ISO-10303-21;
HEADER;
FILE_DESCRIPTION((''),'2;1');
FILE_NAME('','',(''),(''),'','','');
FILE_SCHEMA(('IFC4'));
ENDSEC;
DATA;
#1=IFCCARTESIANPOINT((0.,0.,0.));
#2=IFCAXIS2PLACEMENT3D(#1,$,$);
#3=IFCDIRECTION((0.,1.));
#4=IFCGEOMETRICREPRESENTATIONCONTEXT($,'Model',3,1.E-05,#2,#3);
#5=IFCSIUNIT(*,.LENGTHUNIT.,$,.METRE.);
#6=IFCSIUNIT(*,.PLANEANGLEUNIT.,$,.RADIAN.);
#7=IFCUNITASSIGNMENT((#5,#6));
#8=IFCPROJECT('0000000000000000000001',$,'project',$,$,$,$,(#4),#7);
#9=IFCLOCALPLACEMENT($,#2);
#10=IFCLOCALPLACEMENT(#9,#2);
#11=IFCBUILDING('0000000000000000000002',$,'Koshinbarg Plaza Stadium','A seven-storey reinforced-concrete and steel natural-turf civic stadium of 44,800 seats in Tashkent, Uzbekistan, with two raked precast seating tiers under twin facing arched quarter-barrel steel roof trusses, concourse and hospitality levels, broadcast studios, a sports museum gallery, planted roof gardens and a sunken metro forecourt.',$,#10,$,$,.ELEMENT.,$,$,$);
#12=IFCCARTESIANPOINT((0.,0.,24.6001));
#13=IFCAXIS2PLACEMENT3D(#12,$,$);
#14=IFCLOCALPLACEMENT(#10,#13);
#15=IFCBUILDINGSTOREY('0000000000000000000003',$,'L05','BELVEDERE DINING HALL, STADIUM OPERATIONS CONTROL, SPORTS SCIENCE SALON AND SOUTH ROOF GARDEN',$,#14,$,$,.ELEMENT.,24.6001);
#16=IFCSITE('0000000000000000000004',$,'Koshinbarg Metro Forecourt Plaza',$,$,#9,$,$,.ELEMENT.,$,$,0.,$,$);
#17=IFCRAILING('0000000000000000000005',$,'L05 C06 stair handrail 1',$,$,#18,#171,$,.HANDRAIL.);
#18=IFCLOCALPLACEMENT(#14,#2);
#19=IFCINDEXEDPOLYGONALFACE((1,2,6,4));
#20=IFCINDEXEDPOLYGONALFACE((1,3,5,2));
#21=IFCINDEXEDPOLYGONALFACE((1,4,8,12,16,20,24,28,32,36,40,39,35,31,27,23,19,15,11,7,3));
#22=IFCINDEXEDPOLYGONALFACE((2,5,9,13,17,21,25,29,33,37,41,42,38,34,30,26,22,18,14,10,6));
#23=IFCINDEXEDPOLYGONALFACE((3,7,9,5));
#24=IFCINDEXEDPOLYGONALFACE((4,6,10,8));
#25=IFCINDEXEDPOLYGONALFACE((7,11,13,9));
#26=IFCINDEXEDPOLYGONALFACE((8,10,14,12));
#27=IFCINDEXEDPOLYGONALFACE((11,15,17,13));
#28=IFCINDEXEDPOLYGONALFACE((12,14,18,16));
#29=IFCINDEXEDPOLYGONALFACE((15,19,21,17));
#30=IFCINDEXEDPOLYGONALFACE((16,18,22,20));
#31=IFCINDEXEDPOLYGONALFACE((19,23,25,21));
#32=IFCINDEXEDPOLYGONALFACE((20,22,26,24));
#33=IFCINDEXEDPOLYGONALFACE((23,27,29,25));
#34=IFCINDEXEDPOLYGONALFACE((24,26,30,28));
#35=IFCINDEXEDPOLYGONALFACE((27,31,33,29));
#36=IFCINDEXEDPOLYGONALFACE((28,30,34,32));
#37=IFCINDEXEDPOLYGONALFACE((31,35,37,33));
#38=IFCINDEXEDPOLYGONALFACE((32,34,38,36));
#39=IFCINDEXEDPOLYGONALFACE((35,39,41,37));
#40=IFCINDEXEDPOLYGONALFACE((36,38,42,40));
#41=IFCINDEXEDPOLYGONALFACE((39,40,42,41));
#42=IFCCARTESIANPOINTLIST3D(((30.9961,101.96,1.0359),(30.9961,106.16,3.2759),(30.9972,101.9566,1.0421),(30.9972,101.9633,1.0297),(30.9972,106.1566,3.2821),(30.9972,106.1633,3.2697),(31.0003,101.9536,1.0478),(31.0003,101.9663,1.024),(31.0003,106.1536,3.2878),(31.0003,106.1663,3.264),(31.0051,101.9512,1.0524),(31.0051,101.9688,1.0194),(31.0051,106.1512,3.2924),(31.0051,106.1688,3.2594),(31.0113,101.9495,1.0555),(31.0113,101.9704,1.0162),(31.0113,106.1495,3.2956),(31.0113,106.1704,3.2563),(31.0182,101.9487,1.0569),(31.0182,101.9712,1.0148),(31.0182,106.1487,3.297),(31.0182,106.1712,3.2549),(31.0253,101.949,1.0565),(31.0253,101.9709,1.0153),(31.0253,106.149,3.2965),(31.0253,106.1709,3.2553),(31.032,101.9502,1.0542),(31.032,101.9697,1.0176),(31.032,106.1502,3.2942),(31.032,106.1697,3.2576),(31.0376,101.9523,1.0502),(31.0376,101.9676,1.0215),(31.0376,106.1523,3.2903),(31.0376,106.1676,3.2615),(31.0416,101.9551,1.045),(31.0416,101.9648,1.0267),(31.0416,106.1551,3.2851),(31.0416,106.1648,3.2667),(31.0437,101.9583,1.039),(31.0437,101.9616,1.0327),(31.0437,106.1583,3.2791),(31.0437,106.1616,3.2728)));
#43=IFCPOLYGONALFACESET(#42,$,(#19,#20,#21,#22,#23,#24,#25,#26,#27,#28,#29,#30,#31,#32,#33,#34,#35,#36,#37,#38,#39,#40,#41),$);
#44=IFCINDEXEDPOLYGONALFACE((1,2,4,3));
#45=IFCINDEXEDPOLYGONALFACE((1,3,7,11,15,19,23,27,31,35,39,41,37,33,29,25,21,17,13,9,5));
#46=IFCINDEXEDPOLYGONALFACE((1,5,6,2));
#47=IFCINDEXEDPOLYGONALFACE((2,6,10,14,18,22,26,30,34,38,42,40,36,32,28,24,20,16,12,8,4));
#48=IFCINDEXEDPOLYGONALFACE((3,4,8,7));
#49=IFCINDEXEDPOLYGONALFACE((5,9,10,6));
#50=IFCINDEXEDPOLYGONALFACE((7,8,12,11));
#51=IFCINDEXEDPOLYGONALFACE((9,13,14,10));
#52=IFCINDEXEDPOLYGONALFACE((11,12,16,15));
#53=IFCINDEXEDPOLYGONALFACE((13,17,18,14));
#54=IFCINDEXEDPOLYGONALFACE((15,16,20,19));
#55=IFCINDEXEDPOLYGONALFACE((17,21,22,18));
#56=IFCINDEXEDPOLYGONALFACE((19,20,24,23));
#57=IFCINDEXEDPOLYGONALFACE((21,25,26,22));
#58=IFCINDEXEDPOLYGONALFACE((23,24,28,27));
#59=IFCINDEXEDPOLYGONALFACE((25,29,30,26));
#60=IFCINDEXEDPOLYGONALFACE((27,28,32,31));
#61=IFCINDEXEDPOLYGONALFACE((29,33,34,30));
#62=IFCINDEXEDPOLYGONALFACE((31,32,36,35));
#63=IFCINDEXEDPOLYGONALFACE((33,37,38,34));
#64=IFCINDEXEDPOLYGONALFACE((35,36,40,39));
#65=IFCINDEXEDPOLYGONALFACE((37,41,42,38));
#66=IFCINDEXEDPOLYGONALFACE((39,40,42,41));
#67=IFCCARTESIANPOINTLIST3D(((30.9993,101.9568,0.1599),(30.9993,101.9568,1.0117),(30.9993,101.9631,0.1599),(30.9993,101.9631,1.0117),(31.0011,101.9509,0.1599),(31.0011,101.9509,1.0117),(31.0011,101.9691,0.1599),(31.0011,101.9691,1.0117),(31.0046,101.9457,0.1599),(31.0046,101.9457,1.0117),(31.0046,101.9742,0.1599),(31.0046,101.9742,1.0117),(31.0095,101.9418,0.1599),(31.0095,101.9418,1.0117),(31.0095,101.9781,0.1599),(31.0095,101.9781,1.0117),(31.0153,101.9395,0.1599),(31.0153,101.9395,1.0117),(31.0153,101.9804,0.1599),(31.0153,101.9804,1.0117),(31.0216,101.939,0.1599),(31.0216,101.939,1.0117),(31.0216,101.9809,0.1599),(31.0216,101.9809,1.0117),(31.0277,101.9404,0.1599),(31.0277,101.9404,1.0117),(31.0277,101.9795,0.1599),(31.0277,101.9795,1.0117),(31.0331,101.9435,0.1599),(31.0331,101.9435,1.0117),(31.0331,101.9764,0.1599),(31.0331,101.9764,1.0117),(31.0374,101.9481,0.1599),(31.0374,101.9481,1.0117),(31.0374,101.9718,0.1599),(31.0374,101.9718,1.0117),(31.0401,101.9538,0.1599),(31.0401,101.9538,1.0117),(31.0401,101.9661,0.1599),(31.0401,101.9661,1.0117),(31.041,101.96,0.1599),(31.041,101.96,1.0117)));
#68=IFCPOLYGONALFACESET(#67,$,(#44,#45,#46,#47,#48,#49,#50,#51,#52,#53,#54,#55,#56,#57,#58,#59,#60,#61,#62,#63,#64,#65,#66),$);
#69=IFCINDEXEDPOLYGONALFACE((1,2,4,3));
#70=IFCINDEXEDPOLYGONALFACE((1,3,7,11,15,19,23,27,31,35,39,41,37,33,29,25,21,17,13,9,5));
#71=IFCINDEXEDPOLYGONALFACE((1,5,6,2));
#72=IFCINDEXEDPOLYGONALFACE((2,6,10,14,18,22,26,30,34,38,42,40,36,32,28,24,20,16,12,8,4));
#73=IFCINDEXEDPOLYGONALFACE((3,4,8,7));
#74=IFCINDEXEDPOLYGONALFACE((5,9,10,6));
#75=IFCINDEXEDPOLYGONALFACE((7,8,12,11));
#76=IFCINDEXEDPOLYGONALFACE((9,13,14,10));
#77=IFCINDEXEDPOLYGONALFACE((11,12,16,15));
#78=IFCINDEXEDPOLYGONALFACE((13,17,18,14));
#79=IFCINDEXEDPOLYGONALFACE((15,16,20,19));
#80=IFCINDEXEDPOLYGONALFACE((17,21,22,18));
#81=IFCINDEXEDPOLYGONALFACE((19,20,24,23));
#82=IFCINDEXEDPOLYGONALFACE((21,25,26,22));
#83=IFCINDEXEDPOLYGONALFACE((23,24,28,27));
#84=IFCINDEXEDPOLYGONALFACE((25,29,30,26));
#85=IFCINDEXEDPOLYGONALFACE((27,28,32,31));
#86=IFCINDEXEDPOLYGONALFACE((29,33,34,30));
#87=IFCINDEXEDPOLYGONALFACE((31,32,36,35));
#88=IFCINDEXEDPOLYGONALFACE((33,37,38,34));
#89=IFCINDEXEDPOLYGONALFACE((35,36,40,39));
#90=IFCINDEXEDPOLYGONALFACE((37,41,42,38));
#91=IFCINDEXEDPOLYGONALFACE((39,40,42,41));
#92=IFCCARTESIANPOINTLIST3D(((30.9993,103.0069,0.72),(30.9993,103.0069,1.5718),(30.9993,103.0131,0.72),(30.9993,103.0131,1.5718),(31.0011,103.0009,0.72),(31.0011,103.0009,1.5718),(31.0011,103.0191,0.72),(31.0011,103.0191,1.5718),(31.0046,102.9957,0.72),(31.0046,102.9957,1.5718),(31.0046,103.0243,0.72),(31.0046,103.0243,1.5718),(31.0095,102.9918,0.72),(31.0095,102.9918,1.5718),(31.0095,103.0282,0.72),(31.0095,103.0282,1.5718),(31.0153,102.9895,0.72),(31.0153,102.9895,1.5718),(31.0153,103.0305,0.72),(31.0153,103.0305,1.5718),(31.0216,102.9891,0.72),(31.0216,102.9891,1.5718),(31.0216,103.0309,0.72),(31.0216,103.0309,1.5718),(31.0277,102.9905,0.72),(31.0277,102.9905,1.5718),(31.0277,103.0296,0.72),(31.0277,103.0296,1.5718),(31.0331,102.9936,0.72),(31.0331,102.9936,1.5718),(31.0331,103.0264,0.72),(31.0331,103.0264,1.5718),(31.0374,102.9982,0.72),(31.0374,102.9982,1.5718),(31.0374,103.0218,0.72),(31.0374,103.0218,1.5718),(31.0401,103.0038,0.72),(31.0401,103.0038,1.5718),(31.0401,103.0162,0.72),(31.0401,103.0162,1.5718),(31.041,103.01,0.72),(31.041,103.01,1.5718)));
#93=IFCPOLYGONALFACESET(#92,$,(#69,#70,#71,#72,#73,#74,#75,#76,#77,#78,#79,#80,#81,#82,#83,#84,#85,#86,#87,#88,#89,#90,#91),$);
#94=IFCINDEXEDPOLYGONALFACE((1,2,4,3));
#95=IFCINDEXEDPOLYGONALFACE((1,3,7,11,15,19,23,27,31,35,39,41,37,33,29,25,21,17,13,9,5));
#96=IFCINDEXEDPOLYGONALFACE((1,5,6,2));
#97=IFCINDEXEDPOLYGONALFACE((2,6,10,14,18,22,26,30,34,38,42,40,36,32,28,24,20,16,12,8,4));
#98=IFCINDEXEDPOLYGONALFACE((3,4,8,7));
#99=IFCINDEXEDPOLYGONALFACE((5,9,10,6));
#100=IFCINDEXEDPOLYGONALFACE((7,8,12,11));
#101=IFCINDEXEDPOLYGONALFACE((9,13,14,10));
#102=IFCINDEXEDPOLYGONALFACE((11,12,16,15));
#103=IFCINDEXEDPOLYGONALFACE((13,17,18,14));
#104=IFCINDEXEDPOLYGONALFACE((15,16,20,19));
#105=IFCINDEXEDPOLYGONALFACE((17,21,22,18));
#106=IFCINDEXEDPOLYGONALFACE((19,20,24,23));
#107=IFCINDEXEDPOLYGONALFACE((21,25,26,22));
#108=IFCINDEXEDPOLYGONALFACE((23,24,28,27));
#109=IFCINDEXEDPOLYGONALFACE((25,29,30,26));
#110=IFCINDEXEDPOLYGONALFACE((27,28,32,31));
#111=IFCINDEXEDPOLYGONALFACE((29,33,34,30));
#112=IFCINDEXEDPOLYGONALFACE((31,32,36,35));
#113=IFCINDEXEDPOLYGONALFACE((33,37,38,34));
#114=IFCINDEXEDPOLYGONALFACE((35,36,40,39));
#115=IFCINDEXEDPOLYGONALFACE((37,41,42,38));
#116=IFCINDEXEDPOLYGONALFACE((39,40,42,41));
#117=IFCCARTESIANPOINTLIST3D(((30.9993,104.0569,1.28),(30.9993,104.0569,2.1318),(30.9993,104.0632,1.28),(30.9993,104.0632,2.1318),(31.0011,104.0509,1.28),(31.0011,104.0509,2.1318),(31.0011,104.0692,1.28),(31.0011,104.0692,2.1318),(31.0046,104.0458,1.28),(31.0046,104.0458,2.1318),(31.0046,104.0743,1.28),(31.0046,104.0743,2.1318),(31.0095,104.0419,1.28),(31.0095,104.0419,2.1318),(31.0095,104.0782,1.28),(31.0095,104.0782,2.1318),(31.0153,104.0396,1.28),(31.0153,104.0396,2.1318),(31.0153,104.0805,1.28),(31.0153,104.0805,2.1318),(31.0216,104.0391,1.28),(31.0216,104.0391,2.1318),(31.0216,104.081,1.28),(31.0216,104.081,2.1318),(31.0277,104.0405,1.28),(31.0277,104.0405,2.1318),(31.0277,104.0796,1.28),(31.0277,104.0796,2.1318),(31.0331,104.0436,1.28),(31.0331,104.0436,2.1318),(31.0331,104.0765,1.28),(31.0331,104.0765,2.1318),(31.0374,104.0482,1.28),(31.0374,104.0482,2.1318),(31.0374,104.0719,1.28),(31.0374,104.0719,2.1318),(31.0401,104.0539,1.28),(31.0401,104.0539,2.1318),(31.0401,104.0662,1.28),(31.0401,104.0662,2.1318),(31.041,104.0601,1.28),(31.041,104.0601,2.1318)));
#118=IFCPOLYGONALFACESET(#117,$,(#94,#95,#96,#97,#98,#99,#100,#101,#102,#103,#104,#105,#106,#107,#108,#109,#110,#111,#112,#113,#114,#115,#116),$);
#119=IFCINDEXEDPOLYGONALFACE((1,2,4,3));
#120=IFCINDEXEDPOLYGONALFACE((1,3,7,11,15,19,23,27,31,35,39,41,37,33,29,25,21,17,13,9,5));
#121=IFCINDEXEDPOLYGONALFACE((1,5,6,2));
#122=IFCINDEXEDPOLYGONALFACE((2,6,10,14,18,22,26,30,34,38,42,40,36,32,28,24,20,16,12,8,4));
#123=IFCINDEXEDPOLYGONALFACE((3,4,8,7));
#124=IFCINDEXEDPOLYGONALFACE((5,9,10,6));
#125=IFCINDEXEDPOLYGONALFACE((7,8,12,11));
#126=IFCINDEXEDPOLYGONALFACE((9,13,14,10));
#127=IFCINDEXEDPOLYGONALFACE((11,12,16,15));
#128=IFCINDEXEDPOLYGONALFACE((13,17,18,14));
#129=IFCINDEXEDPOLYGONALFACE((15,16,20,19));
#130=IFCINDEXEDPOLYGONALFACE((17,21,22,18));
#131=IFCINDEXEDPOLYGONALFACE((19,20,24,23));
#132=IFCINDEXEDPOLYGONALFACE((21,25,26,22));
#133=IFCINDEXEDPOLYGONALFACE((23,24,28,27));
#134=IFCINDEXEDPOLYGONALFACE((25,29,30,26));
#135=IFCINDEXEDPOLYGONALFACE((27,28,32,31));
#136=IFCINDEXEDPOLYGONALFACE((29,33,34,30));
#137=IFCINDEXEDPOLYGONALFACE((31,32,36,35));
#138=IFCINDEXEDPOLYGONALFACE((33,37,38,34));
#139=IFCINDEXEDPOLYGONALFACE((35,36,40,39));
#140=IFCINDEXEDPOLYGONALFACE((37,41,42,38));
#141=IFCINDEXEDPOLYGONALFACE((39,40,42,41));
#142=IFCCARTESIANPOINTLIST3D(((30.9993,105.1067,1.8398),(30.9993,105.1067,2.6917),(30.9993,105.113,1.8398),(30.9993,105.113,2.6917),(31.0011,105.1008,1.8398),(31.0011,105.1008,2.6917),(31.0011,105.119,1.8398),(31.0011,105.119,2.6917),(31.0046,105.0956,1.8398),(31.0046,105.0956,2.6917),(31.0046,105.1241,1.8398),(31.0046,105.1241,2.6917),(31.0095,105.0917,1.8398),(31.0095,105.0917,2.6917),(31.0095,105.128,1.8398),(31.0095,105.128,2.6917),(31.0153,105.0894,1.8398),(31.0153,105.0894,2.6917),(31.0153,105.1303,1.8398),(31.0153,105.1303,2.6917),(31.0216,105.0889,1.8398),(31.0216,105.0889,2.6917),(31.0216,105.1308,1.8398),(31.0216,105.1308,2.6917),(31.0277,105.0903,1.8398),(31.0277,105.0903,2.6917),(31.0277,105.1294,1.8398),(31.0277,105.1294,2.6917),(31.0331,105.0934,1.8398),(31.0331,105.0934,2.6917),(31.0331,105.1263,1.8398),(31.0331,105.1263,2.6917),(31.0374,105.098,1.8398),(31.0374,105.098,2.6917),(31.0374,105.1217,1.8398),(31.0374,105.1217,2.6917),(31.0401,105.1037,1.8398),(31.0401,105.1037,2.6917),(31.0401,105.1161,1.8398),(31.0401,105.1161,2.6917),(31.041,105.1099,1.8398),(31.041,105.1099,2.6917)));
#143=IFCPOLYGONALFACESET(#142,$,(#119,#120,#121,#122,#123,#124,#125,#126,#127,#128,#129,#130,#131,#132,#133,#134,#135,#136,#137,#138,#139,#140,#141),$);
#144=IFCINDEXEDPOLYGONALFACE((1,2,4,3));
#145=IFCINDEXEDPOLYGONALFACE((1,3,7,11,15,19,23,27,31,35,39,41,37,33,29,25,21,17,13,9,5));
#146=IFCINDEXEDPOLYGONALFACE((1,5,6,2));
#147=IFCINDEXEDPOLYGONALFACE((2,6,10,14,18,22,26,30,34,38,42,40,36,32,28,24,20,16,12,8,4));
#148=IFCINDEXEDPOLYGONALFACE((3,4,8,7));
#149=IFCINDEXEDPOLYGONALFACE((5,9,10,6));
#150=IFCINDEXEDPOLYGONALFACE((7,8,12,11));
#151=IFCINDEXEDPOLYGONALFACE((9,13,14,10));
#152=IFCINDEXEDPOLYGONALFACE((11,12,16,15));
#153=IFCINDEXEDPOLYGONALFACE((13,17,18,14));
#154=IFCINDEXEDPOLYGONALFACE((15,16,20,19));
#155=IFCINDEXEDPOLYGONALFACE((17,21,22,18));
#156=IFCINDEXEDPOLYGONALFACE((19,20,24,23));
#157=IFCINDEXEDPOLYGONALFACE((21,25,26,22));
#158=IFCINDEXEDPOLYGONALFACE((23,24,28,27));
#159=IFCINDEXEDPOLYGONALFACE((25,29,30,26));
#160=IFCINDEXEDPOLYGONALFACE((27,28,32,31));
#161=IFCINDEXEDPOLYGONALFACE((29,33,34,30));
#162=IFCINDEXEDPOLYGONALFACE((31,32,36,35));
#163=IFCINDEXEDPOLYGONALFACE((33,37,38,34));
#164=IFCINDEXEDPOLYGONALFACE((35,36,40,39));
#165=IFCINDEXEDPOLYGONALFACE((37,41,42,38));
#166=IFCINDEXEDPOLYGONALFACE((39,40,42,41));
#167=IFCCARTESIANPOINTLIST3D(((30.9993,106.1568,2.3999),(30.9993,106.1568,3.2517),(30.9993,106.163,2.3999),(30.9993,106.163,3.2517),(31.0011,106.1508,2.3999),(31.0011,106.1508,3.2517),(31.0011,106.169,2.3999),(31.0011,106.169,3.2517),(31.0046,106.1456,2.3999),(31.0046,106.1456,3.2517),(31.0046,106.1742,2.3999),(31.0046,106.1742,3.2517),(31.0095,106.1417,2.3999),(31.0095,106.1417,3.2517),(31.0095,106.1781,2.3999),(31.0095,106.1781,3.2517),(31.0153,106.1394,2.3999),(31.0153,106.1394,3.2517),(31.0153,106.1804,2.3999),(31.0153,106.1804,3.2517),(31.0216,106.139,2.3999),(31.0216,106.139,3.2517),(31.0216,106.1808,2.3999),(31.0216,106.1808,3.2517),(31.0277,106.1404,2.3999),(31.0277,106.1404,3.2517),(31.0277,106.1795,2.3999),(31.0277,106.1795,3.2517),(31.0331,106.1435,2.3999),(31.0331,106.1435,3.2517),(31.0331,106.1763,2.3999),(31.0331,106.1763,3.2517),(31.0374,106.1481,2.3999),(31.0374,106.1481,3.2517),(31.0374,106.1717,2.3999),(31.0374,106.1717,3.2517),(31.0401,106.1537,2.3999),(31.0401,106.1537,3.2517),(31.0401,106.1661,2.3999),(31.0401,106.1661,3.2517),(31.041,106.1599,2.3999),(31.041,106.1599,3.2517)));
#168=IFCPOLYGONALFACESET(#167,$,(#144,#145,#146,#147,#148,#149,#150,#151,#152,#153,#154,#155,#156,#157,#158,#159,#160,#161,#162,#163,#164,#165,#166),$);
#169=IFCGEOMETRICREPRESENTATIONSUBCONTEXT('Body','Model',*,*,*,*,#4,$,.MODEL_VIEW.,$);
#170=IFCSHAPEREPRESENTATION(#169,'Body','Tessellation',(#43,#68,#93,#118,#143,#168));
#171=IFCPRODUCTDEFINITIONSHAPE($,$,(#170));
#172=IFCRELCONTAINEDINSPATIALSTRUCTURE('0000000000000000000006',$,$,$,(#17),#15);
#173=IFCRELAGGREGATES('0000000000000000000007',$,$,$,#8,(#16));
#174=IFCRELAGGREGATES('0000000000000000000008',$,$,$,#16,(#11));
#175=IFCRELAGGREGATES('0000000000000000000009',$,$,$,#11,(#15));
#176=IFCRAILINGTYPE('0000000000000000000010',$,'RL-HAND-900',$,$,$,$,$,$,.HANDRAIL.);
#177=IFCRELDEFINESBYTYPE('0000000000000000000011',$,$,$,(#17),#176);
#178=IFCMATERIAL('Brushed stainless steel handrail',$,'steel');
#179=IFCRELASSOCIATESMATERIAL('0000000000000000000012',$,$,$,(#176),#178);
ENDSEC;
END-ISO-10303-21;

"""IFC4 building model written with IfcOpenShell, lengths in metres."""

from ifc_helpers import new_model, si_unit, direction, frame, origin, origin_2d, place, context, subcontext, project, spatial, circle, extrude, material, type_object, element, save


model = new_model("IFC4")

# Units and contexts
model_context = context("Model", 3, precision=1e-05, world=origin(), true_north=direction((0.0, 1.0)))
body_context = subcontext(model_context, "Body", "Model", "MODEL_VIEW")
ifc_project = project(units=[si_unit("LENGTHUNIT", "METRE"), si_unit("PLANEANGLEUNIT", "RADIAN")], contexts=[model_context])

# Site, building, storey
site_placement = place(None, origin())
site = spatial("IfcSite", under=ifc_project, at=site_placement, Name="Koshinbarg Metro Forecourt Plaza", CompositionType="ELEMENT", RefElevation=0.0)
building_placement = place(site_placement, origin())
building = spatial("IfcBuilding", under=site, at=building_placement, Name="Koshinbarg Plaza Stadium", Description="A seven-storey reinforced-concrete and steel natural-turf civic stadium of 44,800 seats in Tashkent, Uzbekistan, with two raked precast seating tiers under twin facing arched quarter-barrel steel roof trusses, concourse and hospitality levels, broadcast studios, a sports museum gallery, planted roof gardens and a sunken metro forecourt.", CompositionType="ELEMENT")
storey_placement = place(building_placement, frame((0.0, 0.0, 24.6001)))
storey = spatial("IfcBuildingStorey", under=building, at=storey_placement, Name="L05", Description="BELVEDERE DINING HALL, STADIUM OPERATIONS CONTROL, SPORTS SCIENCE SALON AND SOUTH ROOF GARDEN", CompositionType="ELEMENT", Elevation=24.6001)

# Railing
ifc_material_1 = material(Name="Brushed stainless steel handrail", Category="steel")
railing_type_1 = type_object("IfcRailingType", Name="RL-HAND-900", PredefinedType="HANDRAIL", material=ifc_material_1)
railing_1_placement = place(storey_placement, frame((31.02, 101.96, 0.1599)))
element("IfcRailing", 1, at=railing_1_placement, inside=storey, type_object=railing_type_1, Name="L05 C06 stair handrail 1", PredefinedType="HANDRAIL", context=body_context, shape_type="SweptSolid", body=[
    extrude(circle(Radius=0.0239, at=origin_2d()), frame((0.0, 0.0, 0.876), z_axis=(0.0, 0.882352, 0.470591), x_axis=(-1.0, 0.0, 0.0)), (0.0, 0.0, 1.0), 4.76),
    extrude(circle(Radius=0.021, at=origin_2d()), origin(), (0.0, 0.0, 1.0), 0.8518),
    extrude(circle(Radius=0.021, at=origin_2d()), frame((0.0, 1.05, 0.5601)), (0.0, 0.0, 1.0), 0.8518),
    extrude(circle(Radius=0.021, at=origin_2d()), frame((0.0, 2.1001, 1.1201)), (0.0, 0.0, 1.0), 0.8518),
    extrude(circle(Radius=0.021, at=origin_2d()), frame((0.0, 3.1499, 1.6799)), (0.0, 0.0, 1.0), 0.8518),
    extrude(circle(Radius=0.021, at=origin_2d()), frame((0.0, 4.2, 2.24)), (0.0, 0.0, 1.0), 0.8518),
])

save(model, "model.ifc")
